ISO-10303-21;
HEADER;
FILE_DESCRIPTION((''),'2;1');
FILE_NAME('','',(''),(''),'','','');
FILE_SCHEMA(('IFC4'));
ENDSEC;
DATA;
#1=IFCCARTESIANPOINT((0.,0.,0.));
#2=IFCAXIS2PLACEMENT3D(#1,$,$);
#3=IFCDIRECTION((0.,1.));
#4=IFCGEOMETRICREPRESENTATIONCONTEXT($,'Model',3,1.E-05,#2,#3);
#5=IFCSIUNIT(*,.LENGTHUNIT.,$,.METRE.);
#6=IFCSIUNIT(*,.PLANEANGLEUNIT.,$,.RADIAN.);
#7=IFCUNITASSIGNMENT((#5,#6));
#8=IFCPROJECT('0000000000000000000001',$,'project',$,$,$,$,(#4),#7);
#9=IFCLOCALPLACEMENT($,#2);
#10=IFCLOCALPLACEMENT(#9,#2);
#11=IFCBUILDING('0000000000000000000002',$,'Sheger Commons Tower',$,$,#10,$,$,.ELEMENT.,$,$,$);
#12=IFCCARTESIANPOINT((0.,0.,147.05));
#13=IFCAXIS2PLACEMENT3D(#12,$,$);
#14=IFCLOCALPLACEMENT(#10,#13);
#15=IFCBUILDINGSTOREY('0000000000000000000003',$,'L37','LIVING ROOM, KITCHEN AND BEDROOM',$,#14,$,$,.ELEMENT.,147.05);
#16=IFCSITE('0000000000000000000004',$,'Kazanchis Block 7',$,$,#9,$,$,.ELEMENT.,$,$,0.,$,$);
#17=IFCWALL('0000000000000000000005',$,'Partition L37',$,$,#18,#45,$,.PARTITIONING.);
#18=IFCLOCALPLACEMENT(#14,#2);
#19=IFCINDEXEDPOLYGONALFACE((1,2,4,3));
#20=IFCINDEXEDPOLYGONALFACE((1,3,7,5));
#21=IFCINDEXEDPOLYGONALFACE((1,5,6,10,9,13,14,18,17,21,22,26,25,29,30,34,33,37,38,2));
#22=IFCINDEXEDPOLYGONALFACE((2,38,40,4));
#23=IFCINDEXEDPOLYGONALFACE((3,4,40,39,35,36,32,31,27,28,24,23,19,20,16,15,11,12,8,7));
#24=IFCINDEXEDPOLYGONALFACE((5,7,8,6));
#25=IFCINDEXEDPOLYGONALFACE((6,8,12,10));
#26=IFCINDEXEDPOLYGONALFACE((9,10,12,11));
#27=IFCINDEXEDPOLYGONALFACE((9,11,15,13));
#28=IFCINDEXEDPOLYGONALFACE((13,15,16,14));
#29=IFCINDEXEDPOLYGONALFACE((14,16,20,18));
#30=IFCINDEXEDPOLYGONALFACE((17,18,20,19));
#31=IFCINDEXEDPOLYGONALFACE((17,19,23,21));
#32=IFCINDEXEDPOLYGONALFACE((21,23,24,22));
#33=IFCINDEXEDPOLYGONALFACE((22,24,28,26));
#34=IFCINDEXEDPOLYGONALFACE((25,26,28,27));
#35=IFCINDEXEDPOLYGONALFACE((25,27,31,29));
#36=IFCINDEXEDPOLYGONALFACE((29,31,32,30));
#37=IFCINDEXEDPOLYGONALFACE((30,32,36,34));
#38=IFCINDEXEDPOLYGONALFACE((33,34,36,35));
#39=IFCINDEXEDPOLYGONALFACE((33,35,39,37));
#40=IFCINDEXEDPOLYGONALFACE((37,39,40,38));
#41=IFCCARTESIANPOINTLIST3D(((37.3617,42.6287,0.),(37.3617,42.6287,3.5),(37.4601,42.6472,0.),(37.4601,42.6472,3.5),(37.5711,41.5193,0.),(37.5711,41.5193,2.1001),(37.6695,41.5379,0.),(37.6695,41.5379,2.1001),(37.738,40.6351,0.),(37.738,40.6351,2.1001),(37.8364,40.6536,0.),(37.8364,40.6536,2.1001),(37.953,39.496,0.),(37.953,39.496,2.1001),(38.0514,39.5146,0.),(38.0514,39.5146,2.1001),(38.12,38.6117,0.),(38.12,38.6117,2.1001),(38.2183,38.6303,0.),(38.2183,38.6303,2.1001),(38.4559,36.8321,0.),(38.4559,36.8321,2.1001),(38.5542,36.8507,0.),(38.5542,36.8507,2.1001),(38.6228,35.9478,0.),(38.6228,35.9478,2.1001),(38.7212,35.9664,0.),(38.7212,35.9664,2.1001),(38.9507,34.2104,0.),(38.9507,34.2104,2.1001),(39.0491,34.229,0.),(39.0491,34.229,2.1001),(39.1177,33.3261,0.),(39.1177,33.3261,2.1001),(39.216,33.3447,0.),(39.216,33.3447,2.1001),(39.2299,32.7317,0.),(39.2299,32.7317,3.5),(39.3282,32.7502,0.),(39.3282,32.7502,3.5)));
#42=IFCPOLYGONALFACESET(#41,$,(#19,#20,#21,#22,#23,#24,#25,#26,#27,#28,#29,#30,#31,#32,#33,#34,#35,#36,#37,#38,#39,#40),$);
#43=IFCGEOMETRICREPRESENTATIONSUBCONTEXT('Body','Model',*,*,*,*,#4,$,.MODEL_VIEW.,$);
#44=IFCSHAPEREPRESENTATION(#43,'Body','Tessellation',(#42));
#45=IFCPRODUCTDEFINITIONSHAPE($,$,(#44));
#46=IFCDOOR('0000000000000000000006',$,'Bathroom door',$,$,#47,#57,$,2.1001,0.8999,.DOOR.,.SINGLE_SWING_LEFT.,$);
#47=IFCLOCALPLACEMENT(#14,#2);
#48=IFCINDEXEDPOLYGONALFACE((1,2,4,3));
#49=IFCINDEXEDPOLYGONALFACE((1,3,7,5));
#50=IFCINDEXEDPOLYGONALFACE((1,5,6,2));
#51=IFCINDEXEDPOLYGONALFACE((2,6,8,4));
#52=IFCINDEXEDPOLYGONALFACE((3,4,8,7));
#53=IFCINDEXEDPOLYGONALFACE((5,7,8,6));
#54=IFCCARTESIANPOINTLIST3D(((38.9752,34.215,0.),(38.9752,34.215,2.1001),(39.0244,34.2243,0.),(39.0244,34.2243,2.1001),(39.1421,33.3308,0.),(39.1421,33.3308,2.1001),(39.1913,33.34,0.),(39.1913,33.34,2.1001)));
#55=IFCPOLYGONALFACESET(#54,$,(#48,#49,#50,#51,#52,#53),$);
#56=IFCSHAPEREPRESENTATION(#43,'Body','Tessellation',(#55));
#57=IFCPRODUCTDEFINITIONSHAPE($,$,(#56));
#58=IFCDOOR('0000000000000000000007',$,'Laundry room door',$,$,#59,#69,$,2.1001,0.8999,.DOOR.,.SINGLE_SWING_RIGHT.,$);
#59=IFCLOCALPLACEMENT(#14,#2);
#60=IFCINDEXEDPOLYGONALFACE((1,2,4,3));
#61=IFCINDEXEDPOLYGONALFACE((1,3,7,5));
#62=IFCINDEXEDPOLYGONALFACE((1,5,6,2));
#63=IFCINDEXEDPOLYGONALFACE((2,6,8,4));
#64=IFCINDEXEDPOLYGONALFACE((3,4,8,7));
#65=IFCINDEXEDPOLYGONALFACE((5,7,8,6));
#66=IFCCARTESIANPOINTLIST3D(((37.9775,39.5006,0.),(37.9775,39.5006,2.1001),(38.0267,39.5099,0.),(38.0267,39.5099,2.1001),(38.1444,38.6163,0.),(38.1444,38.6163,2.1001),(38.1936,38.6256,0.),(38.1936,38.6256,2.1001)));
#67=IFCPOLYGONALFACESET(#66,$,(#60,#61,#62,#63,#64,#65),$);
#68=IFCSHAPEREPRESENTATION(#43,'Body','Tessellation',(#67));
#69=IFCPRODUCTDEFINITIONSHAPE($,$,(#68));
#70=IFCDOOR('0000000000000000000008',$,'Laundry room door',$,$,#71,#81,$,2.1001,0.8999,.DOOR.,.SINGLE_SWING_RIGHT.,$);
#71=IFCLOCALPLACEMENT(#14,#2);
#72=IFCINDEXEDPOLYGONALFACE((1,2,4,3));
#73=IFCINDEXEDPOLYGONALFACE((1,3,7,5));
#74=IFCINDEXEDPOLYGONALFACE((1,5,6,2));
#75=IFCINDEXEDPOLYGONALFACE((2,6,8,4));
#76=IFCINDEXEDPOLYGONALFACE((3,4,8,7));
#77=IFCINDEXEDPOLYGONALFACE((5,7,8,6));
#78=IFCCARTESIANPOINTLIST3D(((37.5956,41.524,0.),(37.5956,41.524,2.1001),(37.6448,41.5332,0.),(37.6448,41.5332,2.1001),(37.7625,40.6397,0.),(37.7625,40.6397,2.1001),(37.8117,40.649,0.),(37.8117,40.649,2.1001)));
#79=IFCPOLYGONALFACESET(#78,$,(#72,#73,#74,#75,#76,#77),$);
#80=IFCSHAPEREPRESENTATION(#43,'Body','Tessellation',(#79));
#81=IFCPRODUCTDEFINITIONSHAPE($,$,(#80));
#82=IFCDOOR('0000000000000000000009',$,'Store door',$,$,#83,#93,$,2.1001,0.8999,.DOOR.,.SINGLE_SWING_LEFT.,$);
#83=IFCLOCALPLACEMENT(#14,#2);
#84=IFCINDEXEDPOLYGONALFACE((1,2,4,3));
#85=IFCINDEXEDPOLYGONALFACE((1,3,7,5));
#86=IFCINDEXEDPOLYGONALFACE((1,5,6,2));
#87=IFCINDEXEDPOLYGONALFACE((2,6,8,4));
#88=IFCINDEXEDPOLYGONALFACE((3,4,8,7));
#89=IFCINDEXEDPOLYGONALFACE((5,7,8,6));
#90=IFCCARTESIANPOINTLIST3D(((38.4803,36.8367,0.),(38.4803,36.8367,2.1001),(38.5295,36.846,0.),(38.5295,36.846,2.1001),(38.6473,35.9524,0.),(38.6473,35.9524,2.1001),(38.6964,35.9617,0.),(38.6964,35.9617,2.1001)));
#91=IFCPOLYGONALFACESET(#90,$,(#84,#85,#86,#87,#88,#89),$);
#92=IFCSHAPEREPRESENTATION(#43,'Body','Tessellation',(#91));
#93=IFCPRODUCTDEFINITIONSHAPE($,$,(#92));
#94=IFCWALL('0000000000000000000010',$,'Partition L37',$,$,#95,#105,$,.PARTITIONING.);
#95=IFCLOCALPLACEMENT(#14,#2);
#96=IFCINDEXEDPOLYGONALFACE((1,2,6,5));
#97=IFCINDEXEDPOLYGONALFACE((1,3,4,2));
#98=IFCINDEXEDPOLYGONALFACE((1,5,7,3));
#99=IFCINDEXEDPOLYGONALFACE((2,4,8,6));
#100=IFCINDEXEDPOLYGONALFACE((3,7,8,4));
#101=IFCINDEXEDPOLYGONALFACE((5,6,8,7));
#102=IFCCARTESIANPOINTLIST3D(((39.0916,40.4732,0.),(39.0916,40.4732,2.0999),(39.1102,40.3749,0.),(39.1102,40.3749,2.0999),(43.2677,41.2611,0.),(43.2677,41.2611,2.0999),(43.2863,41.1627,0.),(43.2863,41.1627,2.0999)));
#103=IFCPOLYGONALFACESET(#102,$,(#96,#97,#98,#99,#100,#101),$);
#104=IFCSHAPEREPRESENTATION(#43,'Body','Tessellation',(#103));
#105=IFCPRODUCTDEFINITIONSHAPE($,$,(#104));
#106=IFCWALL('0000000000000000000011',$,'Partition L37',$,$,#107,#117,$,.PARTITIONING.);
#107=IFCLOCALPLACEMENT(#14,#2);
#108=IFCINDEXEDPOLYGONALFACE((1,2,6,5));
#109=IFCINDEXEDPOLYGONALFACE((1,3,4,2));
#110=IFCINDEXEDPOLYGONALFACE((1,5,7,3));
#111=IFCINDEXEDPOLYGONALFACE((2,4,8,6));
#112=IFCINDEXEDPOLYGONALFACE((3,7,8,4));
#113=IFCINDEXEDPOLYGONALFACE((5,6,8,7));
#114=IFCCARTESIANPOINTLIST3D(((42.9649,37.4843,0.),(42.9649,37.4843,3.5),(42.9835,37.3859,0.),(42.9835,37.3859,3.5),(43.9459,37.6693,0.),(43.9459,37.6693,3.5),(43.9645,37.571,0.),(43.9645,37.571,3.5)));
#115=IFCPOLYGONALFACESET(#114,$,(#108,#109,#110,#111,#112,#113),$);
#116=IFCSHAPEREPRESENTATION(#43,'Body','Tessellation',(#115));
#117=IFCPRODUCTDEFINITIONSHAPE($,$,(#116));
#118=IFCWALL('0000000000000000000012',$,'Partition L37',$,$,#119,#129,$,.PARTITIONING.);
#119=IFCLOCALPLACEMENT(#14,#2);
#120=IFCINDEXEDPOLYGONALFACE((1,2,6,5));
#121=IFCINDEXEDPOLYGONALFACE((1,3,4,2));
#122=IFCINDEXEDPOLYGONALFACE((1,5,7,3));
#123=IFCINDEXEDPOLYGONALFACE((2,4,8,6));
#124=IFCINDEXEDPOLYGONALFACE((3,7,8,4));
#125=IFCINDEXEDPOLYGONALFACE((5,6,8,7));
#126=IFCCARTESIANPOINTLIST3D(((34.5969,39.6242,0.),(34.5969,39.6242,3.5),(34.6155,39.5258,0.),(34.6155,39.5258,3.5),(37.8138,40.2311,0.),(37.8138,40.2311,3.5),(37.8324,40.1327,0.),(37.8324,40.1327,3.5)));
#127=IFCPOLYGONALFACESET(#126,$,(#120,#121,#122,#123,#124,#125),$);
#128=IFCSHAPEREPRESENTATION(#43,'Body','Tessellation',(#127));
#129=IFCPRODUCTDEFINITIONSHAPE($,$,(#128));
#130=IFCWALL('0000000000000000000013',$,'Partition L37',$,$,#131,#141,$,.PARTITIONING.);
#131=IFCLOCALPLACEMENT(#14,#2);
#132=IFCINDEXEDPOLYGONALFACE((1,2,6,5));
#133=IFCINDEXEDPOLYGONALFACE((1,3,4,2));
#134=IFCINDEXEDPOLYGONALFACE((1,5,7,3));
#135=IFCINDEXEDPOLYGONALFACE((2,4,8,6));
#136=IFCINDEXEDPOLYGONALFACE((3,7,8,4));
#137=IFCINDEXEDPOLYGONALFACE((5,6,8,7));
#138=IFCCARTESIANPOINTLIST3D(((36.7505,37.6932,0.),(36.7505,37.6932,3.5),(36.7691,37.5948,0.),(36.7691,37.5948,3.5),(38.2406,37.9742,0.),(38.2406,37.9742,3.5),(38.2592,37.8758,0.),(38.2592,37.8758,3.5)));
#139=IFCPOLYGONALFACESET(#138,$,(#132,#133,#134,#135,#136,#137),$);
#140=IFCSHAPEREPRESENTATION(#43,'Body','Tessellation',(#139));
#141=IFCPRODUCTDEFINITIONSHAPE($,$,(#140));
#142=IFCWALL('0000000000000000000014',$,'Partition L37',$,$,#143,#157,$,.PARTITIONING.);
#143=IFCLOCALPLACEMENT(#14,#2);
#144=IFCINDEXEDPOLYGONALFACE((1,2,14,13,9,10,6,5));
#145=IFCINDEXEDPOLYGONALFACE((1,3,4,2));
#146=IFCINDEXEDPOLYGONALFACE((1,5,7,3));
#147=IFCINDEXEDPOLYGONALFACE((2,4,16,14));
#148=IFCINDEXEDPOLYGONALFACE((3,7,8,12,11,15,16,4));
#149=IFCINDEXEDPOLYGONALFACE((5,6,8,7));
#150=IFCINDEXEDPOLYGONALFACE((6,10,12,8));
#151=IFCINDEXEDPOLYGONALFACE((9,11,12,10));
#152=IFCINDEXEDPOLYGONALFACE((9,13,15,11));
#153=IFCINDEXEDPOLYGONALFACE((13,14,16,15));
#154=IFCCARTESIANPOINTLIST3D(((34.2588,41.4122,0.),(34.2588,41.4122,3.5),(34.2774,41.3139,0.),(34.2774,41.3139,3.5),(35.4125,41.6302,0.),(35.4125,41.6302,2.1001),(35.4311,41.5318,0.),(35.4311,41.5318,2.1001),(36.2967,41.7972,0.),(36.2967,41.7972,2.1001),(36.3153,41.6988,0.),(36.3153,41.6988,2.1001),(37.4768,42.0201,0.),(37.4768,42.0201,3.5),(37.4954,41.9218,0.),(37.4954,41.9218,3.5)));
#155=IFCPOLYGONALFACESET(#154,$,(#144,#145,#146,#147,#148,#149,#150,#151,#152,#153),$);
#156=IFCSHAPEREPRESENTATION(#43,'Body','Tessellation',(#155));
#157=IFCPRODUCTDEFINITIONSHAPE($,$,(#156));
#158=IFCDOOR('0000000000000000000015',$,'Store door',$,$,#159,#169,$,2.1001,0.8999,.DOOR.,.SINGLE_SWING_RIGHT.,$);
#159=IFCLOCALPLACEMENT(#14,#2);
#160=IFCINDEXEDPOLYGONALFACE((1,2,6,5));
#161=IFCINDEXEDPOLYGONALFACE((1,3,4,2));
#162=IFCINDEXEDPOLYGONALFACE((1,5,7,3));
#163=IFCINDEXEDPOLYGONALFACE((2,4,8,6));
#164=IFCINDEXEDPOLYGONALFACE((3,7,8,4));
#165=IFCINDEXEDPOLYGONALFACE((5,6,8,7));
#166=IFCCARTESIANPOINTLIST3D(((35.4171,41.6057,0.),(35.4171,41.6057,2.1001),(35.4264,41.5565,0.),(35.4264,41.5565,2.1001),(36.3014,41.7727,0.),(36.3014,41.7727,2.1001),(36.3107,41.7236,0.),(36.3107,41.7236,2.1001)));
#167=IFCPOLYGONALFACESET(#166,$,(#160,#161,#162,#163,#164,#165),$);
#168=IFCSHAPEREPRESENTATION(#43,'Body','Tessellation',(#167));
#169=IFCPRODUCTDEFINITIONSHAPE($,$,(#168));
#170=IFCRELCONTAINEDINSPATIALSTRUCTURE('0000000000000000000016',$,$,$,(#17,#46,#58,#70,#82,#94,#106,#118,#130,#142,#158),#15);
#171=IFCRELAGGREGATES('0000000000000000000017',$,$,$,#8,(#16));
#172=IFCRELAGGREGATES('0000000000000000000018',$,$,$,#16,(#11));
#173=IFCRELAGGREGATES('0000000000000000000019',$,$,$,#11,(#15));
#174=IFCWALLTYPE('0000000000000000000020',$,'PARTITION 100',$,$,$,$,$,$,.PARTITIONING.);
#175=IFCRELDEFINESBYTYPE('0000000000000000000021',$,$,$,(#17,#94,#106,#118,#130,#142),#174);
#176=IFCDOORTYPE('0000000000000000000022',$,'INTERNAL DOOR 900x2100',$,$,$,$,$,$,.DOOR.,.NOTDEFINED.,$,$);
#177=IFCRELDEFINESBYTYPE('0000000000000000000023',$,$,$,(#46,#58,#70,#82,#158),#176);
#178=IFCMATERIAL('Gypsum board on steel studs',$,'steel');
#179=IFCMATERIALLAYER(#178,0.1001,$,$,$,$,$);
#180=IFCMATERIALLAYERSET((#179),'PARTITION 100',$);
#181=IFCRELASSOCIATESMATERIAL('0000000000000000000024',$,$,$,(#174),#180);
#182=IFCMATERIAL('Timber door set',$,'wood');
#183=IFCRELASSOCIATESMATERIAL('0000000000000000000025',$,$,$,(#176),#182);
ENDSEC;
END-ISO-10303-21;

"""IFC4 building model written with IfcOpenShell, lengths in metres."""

from ifc_helpers import new_model, si_unit, direction, frame, frame_2d, origin, place, context, subcontext, project, spatial, rectangle, extrude, material, layer, layer_set, type_object, element, fill, save


model = new_model("IFC4")

# Units and contexts
model_context = context("Model", 3, precision=1e-05, world=origin(), true_north=direction((0.0, 1.0)))
body_context = subcontext(model_context, "Body", "Model", "MODEL_VIEW")
ifc_project = project(units=[si_unit("LENGTHUNIT", "METRE"), si_unit("PLANEANGLEUNIT", "RADIAN")], contexts=[model_context])

# Site, building, storey
site_placement = place(None, origin())
site = spatial("IfcSite", under=ifc_project, at=site_placement, Name="Kazanchis Block 7", CompositionType="ELEMENT", RefElevation=0.0)
building_placement = place(site_placement, origin())
building = spatial("IfcBuilding", under=site, at=building_placement, Name="Sheger Commons Tower", CompositionType="ELEMENT")
storey_placement = place(building_placement, frame((0.0, 0.0, 147.05)))
storey = spatial("IfcBuildingStorey", under=building, at=storey_placement, Name="L37", Description="LIVING ROOM, KITCHEN AND BEDROOM", CompositionType="ELEMENT", Elevation=147.05)

# Shared definitions
ifc_material_1 = material(Name="Gypsum board on steel studs", Category="steel")
ifc_layer_1 = layer(ifc_material_1, 0.1001)
ifc_layer_set_1 = layer_set([ifc_layer_1], Name="PARTITION 100")
wall_type = type_object("IfcWallType", Name="PARTITION 100", PredefinedType="PARTITIONING", material=ifc_layer_set_1)

# Wall, openings, doors
ifc_material_2 = material(Name="Timber door set", Category="wood")
door_type = type_object("IfcDoorType", Name="INTERNAL DOOR 900x2100", OperationType="NOTDEFINED", PredefinedType="DOOR", material=ifc_material_2)
wall_1_placement = place(storey_placement, frame((37.4109, 42.6379, 0.0), z_axis=(0.0, 0.0, 1.0), x_axis=(0.185486, -0.982647, 0.0)))
wall_1 = element("IfcWall", 1, at=wall_1_placement, inside=storey, type_object=wall_type, Name="Partition L37", PredefinedType="PARTITIONING", context=body_context, shape_type="SweptSolid", body=[
    extrude(rectangle(XDim=10.0718, YDim=0.1001, at=frame_2d((5.0359, 0.0))), origin(), (0.0, 0.0, 1.0), 3.5),
])
opening_1_placement = place(wall_1_placement, frame((8.5669, 0.0, 0.0)))
opening_1 = element("IfcOpeningElement", 2, at=opening_1_placement, cuts=wall_1, PredefinedType="OPENING", context=body_context, shape_type="SweptSolid", body=[
    extrude(rectangle(XDim=0.8999, YDim=2.1001, at=frame_2d((0.45, 1.05))), frame((0.0, 0.0601, 0.0), z_axis=(0.0, -1.0, 0.0), x_axis=(1.0, 0.0, 0.0)), (0.0, 0.0, 1.0), 0.1201),
])
opening_2_placement = place(wall_1_placement, frame((3.188, 0.0, 0.0)))
opening_2 = element("IfcOpeningElement", 3, at=opening_2_placement, cuts=wall_1, PredefinedType="OPENING", context=body_context, shape_type="SweptSolid", body=[
    extrude(rectangle(XDim=0.8999, YDim=2.1001, at=frame_2d((0.45, 1.05))), frame((0.0, 0.0601, 0.0), z_axis=(0.0, -1.0, 0.0), x_axis=(1.0, 0.0, 0.0)), (0.0, 0.0, 1.0), 0.1201),
])
opening_3_placement = place(wall_1_placement, frame((1.1289, 0.0, 0.0)))
opening_3 = element("IfcOpeningElement", 4, at=opening_3_placement, cuts=wall_1, PredefinedType="OPENING", context=body_context, shape_type="SweptSolid", body=[
    extrude(rectangle(XDim=0.8999, YDim=2.1001, at=frame_2d((0.45, 1.05))), frame((0.0, 0.0601, 0.0), z_axis=(0.0, -1.0, 0.0), x_axis=(1.0, 0.0, 0.0)), (0.0, 0.0, 1.0), 0.1201),
])
opening_4_placement = place(wall_1_placement, frame((5.8989, 0.0, 0.0)))
opening_4 = element("IfcOpeningElement", 5, at=opening_4_placement, cuts=wall_1, PredefinedType="OPENING", context=body_context, shape_type="SweptSolid", body=[
    extrude(rectangle(XDim=0.8999, YDim=2.1001, at=frame_2d((0.45, 1.05))), frame((0.0, 0.0601, 0.0), z_axis=(0.0, -1.0, 0.0), x_axis=(1.0, 0.0, 0.0)), (0.0, 0.0, 1.0), 0.1201),
])
door_1_placement = place(opening_1_placement, origin())
door_1 = element("IfcDoor", 6, at=door_1_placement, inside=storey, type_object=door_type, Name="Bathroom door", OperationType="SINGLE_SWING_LEFT", OverallHeight=2.1001, OverallWidth=0.8999, PredefinedType="DOOR", context=body_context, shape_type="SweptSolid", body=[
    extrude(rectangle(XDim=0.8999, YDim=2.1001, at=frame_2d((0.45, 1.05))), frame((0.0, 0.0249, 0.0), z_axis=(0.0, -1.0, 0.0), x_axis=(1.0, 0.0, 0.0)), (0.0, 0.0, 1.0), 0.05),
])
fill(opening_1, door_1)
door_2_placement = place(opening_2_placement, origin())
door_2 = element("IfcDoor", 7, at=door_2_placement, inside=storey, type_object=door_type, Name="Laundry room door", OperationType="SINGLE_SWING_RIGHT", OverallHeight=2.1001, OverallWidth=0.8999, PredefinedType="DOOR", context=body_context, shape_type="SweptSolid", body=[
    extrude(rectangle(XDim=0.8999, YDim=2.1001, at=frame_2d((0.45, 1.05))), frame((0.0, 0.0249, 0.0), z_axis=(0.0, -1.0, 0.0), x_axis=(1.0, 0.0, 0.0)), (0.0, 0.0, 1.0), 0.05),
])
fill(opening_2, door_2)
door_3_placement = place(opening_3_placement, origin())
door_3 = element("IfcDoor", 8, at=door_3_placement, inside=storey, type_object=door_type, Name="Laundry room door", OperationType="SINGLE_SWING_RIGHT", OverallHeight=2.1001, OverallWidth=0.8999, PredefinedType="DOOR", context=body_context, shape_type="SweptSolid", body=[
    extrude(rectangle(XDim=0.8999, YDim=2.1001, at=frame_2d((0.45, 1.05))), frame((0.0, 0.0249, 0.0), z_axis=(0.0, -1.0, 0.0), x_axis=(1.0, 0.0, 0.0)), (0.0, 0.0, 1.0), 0.05),
])
fill(opening_3, door_3)
door_4_placement = place(opening_4_placement, origin())
door_4 = element("IfcDoor", 9, at=door_4_placement, inside=storey, type_object=door_type, Name="Store door", OperationType="SINGLE_SWING_LEFT", OverallHeight=2.1001, OverallWidth=0.8999, PredefinedType="DOOR", context=body_context, shape_type="SweptSolid", body=[
    extrude(rectangle(XDim=0.8999, YDim=2.1001, at=frame_2d((0.45, 1.05))), frame((0.0, 0.0249, 0.0), z_axis=(0.0, -1.0, 0.0), x_axis=(1.0, 0.0, 0.0)), (0.0, 0.0, 1.0), 0.05),
])
fill(opening_4, door_4)

# Walls
wall_2_placement = place(storey_placement, frame((43.2771, 41.2119, 0.0), z_axis=(0.0, 0.0, 1.0), x_axis=(-0.982665, -0.185388, 0.0)))
element("IfcWall", 10, at=wall_2_placement, inside=storey, type_object=wall_type, Name="Partition L37", PredefinedType="PARTITIONING", context=body_context, shape_type="SweptSolid", body=[
    extrude(rectangle(XDim=4.2498, YDim=0.1001, at=frame_2d((2.125, 0.0))), origin(), (0.0, 0.0, 1.0), 2.0999),
])
wall_3_placement = place(storey_placement, frame((43.9551, 37.6201, 0.0), z_axis=(0.0, 0.0, 1.0), x_axis=(-0.982667, -0.185381, 0.0)))
element("IfcWall", 11, at=wall_3_placement, inside=storey, type_object=wall_type, Name="Partition L37", PredefinedType="PARTITIONING", context=body_context, shape_type="SweptSolid", body=[
    extrude(rectangle(XDim=0.9983, YDim=0.1001, at=frame_2d((0.499, 0.0))), origin(), (0.0, 0.0, 1.0), 3.5),
])
wall_4_placement = place(storey_placement, frame((37.823, 40.1819, 0.0), z_axis=(0.0, 0.0, 1.0), x_axis=(-0.982665, -0.185392, 0.0)))
element("IfcWall", 12, at=wall_4_placement, inside=storey, type_object=wall_type, Name="Partition L37", PredefinedType="PARTITIONING", context=body_context, shape_type="SweptSolid", body=[
    extrude(rectangle(XDim=3.2737, YDim=0.1001, at=frame_2d((1.6367, 0.0))), origin(), (0.0, 0.0, 1.0), 3.5),
])
wall_5_placement = place(storey_placement, frame((38.25, 37.925, 0.0), z_axis=(0.0, 0.0, 1.0), x_axis=(-0.982677, -0.185329, 0.0)))
element("IfcWall", 13, at=wall_5_placement, inside=storey, type_object=wall_type, Name="Partition L37", PredefinedType="PARTITIONING", context=body_context, shape_type="SweptSolid", body=[
    extrude(rectangle(XDim=1.5164, YDim=0.1001, at=frame_2d((0.7583, 0.0))), origin(), (0.0, 0.0, 1.0), 3.5),
])

# Wall, opening, door
wall_6_placement = place(storey_placement, frame((37.4861, 41.9709, 0.0), z_axis=(0.0, 0.0, 1.0), x_axis=(-0.982621, -0.185625, 0.0)))
wall_6 = element("IfcWall", 14, at=wall_6_placement, inside=storey, type_object=wall_type, Name="Partition L37", PredefinedType="PARTITIONING", context=body_context, shape_type="SweptSolid", body=[
    extrude(rectangle(XDim=3.2749, YDim=0.1001, at=frame_2d((1.6375, 0.0))), origin(), (0.0, 0.0, 1.0), 3.5),
])
opening_5_placement = place(wall_6_placement, frame((1.2009, 0.0, 0.0)))
opening_5 = element("IfcOpeningElement", 15, at=opening_5_placement, cuts=wall_6, PredefinedType="OPENING", context=body_context, shape_type="SweptSolid", body=[
    extrude(rectangle(XDim=0.8999, YDim=2.1001, at=frame_2d((0.45, 1.05))), frame((0.0, 0.0601, 0.0), z_axis=(0.0, -1.0, 0.0), x_axis=(1.0, 0.0, 0.0)), (0.0, 0.0, 1.0), 0.1201),
])
door_5_placement = place(opening_5_placement, origin())
door_5 = element("IfcDoor", 16, at=door_5_placement, inside=storey, type_object=door_type, Name="Store door", OperationType="SINGLE_SWING_RIGHT", OverallHeight=2.1001, OverallWidth=0.8999, PredefinedType="DOOR", context=body_context, shape_type="SweptSolid", body=[
    extrude(rectangle(XDim=0.8999, YDim=2.1001, at=frame_2d((0.45, 1.05))), frame((0.0, 0.0249, 0.0), z_axis=(0.0, -1.0, 0.0), x_axis=(1.0, 0.0, 0.0)), (0.0, 0.0, 1.0), 0.05),
])
fill(opening_5, door_5)

save(model, "model.ifc")
